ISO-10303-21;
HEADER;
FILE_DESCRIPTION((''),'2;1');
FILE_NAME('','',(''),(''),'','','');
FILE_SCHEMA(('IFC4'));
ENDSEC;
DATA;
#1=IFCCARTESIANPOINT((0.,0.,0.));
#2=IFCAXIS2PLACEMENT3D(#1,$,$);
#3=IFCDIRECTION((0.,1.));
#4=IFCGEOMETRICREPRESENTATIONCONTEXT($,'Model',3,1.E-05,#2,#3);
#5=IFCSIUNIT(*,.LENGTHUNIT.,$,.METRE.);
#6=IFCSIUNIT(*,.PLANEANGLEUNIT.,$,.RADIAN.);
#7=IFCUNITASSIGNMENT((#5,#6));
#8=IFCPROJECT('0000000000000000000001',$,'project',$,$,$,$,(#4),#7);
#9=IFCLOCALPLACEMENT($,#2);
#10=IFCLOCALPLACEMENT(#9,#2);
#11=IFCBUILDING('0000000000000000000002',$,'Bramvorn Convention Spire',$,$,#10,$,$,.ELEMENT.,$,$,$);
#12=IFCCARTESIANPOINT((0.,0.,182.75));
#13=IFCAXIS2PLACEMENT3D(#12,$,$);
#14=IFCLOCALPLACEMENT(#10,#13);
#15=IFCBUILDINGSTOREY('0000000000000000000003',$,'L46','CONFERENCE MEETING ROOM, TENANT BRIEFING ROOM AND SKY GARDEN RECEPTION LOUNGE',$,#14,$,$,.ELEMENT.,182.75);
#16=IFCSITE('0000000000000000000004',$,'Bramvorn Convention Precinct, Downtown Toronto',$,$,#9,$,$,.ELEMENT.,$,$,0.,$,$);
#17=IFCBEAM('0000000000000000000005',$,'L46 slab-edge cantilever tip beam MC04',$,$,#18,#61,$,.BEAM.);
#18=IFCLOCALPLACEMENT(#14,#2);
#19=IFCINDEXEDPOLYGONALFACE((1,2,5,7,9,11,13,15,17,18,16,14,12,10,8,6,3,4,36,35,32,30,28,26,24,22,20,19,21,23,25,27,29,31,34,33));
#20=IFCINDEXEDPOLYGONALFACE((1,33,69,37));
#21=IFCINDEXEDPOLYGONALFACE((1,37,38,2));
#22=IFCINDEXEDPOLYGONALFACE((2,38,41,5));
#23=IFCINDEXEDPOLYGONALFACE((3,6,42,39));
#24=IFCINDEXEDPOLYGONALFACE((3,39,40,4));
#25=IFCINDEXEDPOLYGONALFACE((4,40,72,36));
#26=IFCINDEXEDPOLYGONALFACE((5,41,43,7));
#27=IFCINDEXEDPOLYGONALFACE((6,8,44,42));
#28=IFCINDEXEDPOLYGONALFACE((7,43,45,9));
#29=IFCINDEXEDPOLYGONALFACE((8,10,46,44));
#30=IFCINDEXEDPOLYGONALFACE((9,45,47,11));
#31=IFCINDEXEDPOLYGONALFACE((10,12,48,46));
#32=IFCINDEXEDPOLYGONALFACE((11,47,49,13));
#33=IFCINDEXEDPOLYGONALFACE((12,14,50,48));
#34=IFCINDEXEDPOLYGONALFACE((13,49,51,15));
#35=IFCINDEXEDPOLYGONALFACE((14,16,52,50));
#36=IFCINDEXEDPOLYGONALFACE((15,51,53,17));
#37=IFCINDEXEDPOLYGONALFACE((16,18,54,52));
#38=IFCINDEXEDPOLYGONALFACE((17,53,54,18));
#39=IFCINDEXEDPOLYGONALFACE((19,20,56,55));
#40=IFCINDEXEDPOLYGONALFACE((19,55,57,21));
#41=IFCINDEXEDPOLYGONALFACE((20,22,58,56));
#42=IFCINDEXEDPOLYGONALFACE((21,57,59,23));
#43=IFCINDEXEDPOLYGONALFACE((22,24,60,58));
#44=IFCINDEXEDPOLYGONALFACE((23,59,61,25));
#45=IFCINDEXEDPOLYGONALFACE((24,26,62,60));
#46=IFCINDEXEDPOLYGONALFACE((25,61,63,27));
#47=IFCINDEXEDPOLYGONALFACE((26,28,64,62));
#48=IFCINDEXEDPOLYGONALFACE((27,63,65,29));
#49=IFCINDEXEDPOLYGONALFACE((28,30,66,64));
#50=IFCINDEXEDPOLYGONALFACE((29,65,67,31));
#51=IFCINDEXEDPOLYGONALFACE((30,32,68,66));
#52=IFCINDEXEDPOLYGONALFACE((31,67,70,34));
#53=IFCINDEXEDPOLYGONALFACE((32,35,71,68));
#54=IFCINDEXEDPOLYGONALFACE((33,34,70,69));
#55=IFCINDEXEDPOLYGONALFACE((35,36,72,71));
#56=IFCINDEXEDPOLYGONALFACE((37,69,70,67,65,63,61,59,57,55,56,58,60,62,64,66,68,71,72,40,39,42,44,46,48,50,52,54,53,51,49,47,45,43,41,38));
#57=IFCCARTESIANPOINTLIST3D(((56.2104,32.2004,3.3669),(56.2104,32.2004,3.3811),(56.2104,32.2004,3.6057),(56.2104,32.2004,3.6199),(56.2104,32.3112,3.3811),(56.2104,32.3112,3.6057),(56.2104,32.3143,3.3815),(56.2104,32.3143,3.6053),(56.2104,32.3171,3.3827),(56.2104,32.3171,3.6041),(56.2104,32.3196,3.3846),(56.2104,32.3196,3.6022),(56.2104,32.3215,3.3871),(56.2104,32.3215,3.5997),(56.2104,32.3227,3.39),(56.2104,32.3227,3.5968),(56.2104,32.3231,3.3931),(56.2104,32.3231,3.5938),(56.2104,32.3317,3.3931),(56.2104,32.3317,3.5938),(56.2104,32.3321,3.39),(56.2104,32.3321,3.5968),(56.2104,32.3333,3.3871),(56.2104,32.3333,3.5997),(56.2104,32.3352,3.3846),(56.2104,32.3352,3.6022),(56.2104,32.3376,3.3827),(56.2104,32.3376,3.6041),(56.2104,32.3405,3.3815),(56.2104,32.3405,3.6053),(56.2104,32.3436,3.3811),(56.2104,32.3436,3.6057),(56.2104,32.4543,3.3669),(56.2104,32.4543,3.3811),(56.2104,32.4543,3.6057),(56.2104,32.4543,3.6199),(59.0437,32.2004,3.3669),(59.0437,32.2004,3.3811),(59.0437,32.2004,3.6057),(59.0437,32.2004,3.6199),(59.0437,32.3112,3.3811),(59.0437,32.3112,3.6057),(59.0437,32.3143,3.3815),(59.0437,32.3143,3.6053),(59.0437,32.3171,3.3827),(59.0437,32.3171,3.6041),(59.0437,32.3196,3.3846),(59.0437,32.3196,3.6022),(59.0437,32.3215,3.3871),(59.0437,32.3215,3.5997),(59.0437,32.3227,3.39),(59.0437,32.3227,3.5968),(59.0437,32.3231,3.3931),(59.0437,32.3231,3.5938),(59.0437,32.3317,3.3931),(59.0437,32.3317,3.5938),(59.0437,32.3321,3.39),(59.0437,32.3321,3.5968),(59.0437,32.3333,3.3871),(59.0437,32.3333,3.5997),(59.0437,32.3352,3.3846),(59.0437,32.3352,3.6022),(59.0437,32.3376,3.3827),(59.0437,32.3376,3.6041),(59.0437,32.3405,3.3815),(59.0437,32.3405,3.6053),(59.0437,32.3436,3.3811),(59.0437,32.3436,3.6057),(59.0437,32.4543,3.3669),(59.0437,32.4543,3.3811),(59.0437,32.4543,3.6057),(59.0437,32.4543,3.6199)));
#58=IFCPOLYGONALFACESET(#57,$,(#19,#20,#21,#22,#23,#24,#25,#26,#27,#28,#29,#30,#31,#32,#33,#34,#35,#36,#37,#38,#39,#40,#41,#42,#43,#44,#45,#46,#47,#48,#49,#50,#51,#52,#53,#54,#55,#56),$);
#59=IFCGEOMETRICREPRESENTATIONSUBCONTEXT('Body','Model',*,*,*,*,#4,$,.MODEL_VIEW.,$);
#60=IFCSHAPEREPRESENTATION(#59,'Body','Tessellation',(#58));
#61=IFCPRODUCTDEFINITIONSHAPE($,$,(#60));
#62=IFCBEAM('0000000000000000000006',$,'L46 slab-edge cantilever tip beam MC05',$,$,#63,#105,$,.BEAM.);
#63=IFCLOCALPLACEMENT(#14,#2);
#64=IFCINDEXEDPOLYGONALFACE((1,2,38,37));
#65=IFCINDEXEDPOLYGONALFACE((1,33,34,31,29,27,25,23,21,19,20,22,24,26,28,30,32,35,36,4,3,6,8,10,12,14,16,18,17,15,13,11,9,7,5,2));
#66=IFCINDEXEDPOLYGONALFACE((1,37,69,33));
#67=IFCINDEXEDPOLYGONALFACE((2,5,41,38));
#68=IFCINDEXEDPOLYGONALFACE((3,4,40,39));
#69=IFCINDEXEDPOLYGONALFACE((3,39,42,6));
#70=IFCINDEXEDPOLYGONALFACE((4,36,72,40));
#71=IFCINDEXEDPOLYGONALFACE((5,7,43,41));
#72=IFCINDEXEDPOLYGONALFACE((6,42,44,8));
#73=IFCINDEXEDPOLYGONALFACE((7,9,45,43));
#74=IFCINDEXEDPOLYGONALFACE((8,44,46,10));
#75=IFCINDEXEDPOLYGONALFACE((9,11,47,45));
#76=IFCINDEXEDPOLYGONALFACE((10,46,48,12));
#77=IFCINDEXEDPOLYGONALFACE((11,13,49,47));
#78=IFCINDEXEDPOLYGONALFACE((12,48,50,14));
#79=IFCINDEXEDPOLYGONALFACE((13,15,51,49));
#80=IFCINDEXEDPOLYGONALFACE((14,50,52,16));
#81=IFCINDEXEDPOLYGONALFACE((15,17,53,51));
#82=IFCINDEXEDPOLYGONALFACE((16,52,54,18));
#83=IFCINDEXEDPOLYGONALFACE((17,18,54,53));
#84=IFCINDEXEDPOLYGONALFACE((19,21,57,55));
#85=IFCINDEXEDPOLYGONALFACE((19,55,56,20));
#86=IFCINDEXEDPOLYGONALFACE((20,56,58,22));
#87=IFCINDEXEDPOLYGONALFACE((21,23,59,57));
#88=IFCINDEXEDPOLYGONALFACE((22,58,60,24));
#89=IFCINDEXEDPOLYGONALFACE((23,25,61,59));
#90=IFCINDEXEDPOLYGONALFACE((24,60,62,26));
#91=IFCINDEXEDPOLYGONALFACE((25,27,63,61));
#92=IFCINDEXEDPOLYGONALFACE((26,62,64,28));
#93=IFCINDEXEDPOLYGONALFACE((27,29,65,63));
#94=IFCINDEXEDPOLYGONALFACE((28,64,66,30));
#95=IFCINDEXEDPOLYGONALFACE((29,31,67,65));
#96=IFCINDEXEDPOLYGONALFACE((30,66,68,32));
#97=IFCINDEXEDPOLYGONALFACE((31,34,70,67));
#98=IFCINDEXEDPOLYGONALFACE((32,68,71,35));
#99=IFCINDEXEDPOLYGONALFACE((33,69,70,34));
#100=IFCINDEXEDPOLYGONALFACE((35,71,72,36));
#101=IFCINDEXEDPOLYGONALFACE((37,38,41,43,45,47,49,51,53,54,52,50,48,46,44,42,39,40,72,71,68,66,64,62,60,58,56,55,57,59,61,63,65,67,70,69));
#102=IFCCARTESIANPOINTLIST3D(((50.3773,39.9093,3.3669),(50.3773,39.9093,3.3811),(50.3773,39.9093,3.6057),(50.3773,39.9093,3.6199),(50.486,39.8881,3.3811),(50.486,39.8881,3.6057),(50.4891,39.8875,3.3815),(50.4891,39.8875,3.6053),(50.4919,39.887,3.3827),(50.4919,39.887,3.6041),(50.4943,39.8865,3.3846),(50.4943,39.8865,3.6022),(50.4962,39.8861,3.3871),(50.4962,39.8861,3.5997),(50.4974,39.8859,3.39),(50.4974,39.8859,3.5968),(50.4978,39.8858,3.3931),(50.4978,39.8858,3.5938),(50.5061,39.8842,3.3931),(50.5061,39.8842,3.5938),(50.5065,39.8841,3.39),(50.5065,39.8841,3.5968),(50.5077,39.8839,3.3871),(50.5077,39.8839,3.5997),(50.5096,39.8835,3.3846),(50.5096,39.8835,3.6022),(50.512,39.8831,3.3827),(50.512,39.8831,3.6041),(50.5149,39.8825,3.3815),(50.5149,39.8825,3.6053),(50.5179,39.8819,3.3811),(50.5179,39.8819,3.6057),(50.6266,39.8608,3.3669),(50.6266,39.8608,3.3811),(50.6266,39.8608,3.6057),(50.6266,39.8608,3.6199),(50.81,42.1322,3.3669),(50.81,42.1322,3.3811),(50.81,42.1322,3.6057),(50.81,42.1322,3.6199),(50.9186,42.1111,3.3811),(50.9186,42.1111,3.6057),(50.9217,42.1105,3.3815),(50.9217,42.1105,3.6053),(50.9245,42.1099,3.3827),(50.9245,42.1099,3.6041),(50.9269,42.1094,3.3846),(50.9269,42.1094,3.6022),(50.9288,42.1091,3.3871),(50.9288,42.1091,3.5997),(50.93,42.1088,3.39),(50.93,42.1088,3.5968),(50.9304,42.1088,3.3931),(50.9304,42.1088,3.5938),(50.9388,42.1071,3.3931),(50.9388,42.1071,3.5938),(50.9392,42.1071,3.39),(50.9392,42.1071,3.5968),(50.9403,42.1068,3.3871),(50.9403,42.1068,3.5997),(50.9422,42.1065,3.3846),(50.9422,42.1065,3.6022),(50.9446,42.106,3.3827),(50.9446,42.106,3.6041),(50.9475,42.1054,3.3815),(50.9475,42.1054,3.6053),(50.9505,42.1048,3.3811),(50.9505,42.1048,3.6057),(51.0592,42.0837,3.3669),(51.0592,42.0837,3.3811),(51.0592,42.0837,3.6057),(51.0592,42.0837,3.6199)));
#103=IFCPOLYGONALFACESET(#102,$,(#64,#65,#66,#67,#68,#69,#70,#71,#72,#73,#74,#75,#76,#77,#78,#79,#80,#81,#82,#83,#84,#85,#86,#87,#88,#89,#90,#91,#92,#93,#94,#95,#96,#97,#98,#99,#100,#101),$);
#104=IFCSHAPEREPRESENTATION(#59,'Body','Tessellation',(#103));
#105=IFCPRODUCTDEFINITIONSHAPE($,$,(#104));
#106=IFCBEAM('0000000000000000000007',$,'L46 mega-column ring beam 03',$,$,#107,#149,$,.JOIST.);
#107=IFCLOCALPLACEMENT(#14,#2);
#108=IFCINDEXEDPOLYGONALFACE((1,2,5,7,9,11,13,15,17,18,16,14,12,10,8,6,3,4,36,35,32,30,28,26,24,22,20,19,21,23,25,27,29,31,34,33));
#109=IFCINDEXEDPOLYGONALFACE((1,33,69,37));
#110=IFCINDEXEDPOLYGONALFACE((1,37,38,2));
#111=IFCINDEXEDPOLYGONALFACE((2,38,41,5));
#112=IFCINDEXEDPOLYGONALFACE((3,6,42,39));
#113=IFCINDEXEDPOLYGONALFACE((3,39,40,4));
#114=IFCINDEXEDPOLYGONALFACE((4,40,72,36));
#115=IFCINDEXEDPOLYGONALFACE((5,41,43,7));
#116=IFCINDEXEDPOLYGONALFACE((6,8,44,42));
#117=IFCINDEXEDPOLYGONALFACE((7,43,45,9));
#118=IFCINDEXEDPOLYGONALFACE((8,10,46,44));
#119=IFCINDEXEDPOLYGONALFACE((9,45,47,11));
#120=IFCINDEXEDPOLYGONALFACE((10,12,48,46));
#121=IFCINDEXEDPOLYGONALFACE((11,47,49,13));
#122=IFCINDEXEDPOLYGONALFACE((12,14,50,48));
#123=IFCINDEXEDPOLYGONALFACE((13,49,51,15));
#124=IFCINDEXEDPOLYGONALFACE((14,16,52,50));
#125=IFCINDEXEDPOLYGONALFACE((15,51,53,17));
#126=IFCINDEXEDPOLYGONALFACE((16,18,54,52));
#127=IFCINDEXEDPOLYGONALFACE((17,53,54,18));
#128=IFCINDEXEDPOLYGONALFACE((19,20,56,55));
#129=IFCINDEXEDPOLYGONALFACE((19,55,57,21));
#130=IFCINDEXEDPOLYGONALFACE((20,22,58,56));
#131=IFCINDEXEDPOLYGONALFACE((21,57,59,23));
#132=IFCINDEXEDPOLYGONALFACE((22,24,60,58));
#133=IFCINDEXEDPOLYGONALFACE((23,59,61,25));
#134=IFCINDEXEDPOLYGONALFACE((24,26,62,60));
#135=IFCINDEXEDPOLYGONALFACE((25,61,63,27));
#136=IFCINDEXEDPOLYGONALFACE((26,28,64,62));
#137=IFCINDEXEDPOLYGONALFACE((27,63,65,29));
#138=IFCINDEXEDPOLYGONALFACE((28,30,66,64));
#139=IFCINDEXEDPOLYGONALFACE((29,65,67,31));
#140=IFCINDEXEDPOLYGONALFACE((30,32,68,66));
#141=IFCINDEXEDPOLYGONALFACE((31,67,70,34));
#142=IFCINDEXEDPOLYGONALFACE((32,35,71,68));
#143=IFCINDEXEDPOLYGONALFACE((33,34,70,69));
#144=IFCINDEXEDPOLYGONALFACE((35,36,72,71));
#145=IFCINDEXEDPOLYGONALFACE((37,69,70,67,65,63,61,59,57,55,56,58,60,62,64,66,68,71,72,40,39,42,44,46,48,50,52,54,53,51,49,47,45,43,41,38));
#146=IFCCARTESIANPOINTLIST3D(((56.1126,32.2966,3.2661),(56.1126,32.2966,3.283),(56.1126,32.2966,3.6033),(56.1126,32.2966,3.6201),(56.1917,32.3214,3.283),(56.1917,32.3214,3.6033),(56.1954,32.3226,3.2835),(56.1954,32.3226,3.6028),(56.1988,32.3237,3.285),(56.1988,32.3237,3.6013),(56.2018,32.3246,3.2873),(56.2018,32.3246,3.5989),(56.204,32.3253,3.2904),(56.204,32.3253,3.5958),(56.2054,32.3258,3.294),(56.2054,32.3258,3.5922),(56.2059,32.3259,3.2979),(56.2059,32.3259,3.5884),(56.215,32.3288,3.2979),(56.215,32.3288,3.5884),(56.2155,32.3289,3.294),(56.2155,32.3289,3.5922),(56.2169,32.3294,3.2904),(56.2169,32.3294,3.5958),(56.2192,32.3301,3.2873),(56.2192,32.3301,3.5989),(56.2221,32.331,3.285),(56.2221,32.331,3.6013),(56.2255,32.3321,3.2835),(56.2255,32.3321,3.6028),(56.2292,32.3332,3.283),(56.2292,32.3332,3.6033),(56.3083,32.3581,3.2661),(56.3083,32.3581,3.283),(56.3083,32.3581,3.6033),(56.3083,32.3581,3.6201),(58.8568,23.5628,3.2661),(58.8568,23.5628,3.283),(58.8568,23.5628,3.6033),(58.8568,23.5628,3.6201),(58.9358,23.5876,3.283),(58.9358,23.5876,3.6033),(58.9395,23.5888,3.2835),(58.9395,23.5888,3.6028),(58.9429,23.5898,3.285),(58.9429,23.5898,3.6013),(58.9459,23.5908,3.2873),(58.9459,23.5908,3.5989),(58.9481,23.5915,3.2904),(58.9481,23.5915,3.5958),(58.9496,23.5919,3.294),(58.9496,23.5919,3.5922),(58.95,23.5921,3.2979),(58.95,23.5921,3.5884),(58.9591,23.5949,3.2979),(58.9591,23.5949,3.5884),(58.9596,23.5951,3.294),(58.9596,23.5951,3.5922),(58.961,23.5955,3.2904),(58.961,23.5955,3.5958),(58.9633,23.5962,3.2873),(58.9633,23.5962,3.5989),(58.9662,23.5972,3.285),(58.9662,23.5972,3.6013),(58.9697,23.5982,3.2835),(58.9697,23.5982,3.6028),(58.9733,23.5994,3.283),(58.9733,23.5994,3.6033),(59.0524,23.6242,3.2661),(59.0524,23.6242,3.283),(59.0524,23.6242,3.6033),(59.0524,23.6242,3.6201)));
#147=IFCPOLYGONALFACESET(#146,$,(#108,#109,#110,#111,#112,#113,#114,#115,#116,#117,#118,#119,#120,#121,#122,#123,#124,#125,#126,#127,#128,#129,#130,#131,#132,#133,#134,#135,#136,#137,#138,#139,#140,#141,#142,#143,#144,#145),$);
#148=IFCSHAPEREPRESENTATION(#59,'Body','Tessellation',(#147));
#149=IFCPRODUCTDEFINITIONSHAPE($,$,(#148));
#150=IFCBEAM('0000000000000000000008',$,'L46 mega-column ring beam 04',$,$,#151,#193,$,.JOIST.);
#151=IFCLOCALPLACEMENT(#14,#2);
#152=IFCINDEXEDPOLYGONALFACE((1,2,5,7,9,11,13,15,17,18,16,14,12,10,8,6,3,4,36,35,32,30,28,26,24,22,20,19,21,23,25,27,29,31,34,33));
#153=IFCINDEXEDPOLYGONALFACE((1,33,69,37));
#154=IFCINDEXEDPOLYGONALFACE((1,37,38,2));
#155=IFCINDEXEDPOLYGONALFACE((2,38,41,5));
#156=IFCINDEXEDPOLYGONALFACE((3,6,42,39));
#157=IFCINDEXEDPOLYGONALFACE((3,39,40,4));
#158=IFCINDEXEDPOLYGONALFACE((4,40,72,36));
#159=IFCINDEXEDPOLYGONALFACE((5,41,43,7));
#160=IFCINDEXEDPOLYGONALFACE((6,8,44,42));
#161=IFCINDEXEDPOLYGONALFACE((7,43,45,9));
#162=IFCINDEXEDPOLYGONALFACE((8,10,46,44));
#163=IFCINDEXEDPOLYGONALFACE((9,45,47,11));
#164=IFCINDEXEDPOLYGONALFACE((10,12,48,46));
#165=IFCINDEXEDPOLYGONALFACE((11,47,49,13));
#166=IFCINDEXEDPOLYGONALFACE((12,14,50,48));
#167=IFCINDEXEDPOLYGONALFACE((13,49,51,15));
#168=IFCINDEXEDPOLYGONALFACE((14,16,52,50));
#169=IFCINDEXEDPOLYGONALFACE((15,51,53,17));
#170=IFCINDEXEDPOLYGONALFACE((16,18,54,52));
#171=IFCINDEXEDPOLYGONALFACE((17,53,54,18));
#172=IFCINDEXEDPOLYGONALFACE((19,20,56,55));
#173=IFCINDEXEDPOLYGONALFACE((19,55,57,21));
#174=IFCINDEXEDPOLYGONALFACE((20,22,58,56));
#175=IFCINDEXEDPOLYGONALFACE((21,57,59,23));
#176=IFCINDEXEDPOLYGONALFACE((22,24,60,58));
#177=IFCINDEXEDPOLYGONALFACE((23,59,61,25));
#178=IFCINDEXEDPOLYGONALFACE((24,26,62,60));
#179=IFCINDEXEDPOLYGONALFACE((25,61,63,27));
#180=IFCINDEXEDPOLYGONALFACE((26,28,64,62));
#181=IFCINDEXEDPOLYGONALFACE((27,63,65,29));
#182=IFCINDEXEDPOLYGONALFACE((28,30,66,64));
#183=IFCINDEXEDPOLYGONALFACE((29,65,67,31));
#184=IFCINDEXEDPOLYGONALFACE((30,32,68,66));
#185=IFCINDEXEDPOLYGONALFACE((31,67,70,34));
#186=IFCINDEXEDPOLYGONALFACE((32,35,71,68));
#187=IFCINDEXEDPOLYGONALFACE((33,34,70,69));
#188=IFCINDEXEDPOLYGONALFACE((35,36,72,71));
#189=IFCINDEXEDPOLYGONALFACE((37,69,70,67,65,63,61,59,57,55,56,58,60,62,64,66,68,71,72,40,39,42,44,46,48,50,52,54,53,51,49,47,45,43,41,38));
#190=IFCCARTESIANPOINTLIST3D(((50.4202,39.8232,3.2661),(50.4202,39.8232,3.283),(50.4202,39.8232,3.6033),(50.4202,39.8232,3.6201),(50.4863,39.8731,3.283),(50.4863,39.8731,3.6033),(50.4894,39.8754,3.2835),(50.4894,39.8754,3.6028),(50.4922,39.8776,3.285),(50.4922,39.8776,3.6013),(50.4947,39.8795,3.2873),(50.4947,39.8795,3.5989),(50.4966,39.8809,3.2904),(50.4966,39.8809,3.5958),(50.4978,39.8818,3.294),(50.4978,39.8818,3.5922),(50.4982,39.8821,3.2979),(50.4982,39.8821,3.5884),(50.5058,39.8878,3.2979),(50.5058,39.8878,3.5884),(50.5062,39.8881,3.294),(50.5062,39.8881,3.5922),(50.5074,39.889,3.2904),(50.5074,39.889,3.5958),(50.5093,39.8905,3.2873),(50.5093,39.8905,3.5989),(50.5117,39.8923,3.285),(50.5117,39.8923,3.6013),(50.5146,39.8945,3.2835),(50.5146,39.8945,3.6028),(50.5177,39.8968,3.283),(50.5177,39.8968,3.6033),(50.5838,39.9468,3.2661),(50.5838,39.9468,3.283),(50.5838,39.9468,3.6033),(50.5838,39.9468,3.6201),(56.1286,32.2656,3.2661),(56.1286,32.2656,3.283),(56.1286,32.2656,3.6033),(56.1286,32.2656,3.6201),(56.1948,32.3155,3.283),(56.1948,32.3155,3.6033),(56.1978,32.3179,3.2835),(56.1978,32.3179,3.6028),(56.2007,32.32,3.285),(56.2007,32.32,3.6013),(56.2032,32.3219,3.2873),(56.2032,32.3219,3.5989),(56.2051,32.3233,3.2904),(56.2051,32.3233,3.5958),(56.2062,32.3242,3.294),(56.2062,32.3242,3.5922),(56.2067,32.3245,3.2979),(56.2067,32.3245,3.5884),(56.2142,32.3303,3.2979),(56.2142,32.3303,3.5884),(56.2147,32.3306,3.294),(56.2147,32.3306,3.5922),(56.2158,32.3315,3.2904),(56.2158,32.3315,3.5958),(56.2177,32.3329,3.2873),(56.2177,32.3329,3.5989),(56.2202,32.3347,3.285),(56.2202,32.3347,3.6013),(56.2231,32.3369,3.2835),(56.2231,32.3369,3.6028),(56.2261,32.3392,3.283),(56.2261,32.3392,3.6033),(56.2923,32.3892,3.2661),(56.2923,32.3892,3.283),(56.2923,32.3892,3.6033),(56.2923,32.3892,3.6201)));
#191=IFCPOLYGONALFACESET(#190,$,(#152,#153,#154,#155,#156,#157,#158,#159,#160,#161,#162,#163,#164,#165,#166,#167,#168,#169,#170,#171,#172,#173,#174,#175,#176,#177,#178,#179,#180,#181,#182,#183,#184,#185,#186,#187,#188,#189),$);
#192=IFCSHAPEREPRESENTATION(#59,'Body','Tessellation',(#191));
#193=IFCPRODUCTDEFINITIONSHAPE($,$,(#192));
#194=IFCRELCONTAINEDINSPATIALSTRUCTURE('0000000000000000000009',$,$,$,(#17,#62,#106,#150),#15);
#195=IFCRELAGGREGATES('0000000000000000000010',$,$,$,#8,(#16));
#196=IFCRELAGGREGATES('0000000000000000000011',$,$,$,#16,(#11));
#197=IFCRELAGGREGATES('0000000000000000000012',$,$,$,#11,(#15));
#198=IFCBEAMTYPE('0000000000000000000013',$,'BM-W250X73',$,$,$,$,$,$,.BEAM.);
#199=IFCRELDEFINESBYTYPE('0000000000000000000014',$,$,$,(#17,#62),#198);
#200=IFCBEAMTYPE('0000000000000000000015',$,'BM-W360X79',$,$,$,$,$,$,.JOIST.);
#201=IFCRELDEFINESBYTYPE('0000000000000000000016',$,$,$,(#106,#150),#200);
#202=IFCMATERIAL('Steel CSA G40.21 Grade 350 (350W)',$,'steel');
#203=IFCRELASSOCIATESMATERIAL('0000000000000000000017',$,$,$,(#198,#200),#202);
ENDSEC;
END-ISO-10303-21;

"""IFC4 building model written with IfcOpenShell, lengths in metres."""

from ifc_helpers import new_model, si_unit, direction, frame, origin, origin_2d, place, context, subcontext, project, spatial, i_section, extrude, material, material_profile, profile_set, type_object, element, save


model = new_model("IFC4")

# Units and contexts
model_context = context("Model", 3, precision=1e-05, world=origin(), true_north=direction((0.0, 1.0)))
body_context = subcontext(model_context, "Body", "Model", "MODEL_VIEW")
ifc_project = project(units=[si_unit("LENGTHUNIT", "METRE"), si_unit("PLANEANGLEUNIT", "RADIAN")], contexts=[model_context])

# Site, building, storey
site_placement = place(None, origin())
site = spatial("IfcSite", under=ifc_project, at=site_placement, Name="Bramvorn Convention Precinct, Downtown Toronto", CompositionType="ELEMENT", RefElevation=0.0)
building_placement = place(site_placement, origin())
building = spatial("IfcBuilding", under=site, at=building_placement, Name="Bramvorn Convention Spire", CompositionType="ELEMENT")
storey_placement = place(building_placement, frame((0.0, 0.0, 182.75)))
storey = spatial("IfcBuildingStorey", under=building, at=storey_placement, Name="L46", Description="CONFERENCE MEETING ROOM, TENANT BRIEFING ROOM AND SKY GARDEN RECEPTION LOUNGE", CompositionType="ELEMENT", Elevation=182.75)

# Shared definitions
ifc_material_1 = material(Name="Steel CSA G40.21 Grade 350 (350W)", Category="steel")

# Beams
ifc_material_profile_1 = material_profile(ifc_material_1, i_section(OverallWidth=0.2539, OverallDepth=0.2529, WebThickness=0.0085, FlangeThickness=0.0142, FilletRadius=0.012, at=origin_2d()))
ifc_profile_set_1 = profile_set([ifc_material_profile_1], Name="Steel CSA G40.21 Grade 350 (350W) - W250X73")
beam_type_1 = type_object("IfcBeamType", Name="BM-W250X73", PredefinedType="BEAM", material=ifc_profile_set_1)
beam_1_placement = place(storey_placement, frame((56.2104, 32.3274, 3.4934), z_axis=(1.0, 0.0, 0.0), x_axis=(0.0, 1.0, 0.0)))
element("IfcBeam", 1, at=beam_1_placement, inside=storey, type_object=beam_type_1, Name="L46 slab-edge cantilever tip beam MC04", PredefinedType="BEAM", context=body_context, shape_type="SweptSolid", body=[
    extrude(i_section(OverallWidth=0.2539, OverallDepth=0.2529, WebThickness=0.0085, FlangeThickness=0.0142, FilletRadius=0.012, at=origin_2d()), origin(), (0.0, 0.0, 1.0), 2.8333),
])
beam_2_placement = place(storey_placement, frame((50.502, 39.885, 3.4934), z_axis=(0.191034, 0.981583, 0.0), x_axis=(-0.981583, 0.191034, 0.0)))
element("IfcBeam", 2, at=beam_2_placement, inside=storey, type_object=beam_type_1, Name="L46 slab-edge cantilever tip beam MC05", PredefinedType="BEAM", context=body_context, shape_type="SweptSolid", body=[
    extrude(i_section(OverallWidth=0.2539, OverallDepth=0.2529, WebThickness=0.0085, FlangeThickness=0.0142, FilletRadius=0.012, at=origin_2d()), origin(), (0.0, 0.0, 1.0), 2.2646),
])
ifc_material_profile_2 = material_profile(ifc_material_1, i_section(OverallWidth=0.2051, OverallDepth=0.354, WebThickness=0.0095, FlangeThickness=0.0168, FilletRadius=0.0149, at=origin_2d()))
ifc_profile_set_2 = profile_set([ifc_material_profile_2], Name="Steel CSA G40.21 Grade 350 (350W) - W360X79")
beam_type_2 = type_object("IfcBeamType", Name="BM-W360X79", PredefinedType="JOIST", material=ifc_profile_set_2)
beam_3_placement = place(storey_placement, frame((58.9546, 23.5935, 3.4431), z_axis=(-0.299748, 0.954019, 0.0), x_axis=(-0.954019, -0.299748, 0.0)))
element("IfcBeam", 3, at=beam_3_placement, inside=storey, type_object=beam_type_2, Name="L46 mega-column ring beam 03", PredefinedType="JOIST", context=body_context, shape_type="SweptSolid", body=[
    extrude(i_section(OverallWidth=0.2051, OverallDepth=0.354, WebThickness=0.0095, FlangeThickness=0.0168, FilletRadius=0.0149, at=origin_2d()), origin(), (0.0, 0.0, 1.0), 9.1548),
])
for number, where, z_axis, x_axis, name in (
    (4, (56.2104, 32.3274, 3.4431), (-0.602719, 0.797954, 0.0), (-0.797954, -0.602719, 0.0), "L46 mega-column ring beam 04"),
):
    element("IfcBeam", number, at=place(storey_placement, frame(where, z_axis=z_axis, x_axis=x_axis)), inside=storey, type_object=beam_type_2, Name=name, PredefinedType="JOIST", context=body_context, shape_type="SweptSolid", body=[
        extrude(i_section(OverallWidth=0.2051, OverallDepth=0.354, WebThickness=0.0095, FlangeThickness=0.0168, FilletRadius=0.0149, at=origin_2d()), origin(), (0.0, 0.0, 1.0), 9.4712),
    ])

save(model, "model.ifc")
